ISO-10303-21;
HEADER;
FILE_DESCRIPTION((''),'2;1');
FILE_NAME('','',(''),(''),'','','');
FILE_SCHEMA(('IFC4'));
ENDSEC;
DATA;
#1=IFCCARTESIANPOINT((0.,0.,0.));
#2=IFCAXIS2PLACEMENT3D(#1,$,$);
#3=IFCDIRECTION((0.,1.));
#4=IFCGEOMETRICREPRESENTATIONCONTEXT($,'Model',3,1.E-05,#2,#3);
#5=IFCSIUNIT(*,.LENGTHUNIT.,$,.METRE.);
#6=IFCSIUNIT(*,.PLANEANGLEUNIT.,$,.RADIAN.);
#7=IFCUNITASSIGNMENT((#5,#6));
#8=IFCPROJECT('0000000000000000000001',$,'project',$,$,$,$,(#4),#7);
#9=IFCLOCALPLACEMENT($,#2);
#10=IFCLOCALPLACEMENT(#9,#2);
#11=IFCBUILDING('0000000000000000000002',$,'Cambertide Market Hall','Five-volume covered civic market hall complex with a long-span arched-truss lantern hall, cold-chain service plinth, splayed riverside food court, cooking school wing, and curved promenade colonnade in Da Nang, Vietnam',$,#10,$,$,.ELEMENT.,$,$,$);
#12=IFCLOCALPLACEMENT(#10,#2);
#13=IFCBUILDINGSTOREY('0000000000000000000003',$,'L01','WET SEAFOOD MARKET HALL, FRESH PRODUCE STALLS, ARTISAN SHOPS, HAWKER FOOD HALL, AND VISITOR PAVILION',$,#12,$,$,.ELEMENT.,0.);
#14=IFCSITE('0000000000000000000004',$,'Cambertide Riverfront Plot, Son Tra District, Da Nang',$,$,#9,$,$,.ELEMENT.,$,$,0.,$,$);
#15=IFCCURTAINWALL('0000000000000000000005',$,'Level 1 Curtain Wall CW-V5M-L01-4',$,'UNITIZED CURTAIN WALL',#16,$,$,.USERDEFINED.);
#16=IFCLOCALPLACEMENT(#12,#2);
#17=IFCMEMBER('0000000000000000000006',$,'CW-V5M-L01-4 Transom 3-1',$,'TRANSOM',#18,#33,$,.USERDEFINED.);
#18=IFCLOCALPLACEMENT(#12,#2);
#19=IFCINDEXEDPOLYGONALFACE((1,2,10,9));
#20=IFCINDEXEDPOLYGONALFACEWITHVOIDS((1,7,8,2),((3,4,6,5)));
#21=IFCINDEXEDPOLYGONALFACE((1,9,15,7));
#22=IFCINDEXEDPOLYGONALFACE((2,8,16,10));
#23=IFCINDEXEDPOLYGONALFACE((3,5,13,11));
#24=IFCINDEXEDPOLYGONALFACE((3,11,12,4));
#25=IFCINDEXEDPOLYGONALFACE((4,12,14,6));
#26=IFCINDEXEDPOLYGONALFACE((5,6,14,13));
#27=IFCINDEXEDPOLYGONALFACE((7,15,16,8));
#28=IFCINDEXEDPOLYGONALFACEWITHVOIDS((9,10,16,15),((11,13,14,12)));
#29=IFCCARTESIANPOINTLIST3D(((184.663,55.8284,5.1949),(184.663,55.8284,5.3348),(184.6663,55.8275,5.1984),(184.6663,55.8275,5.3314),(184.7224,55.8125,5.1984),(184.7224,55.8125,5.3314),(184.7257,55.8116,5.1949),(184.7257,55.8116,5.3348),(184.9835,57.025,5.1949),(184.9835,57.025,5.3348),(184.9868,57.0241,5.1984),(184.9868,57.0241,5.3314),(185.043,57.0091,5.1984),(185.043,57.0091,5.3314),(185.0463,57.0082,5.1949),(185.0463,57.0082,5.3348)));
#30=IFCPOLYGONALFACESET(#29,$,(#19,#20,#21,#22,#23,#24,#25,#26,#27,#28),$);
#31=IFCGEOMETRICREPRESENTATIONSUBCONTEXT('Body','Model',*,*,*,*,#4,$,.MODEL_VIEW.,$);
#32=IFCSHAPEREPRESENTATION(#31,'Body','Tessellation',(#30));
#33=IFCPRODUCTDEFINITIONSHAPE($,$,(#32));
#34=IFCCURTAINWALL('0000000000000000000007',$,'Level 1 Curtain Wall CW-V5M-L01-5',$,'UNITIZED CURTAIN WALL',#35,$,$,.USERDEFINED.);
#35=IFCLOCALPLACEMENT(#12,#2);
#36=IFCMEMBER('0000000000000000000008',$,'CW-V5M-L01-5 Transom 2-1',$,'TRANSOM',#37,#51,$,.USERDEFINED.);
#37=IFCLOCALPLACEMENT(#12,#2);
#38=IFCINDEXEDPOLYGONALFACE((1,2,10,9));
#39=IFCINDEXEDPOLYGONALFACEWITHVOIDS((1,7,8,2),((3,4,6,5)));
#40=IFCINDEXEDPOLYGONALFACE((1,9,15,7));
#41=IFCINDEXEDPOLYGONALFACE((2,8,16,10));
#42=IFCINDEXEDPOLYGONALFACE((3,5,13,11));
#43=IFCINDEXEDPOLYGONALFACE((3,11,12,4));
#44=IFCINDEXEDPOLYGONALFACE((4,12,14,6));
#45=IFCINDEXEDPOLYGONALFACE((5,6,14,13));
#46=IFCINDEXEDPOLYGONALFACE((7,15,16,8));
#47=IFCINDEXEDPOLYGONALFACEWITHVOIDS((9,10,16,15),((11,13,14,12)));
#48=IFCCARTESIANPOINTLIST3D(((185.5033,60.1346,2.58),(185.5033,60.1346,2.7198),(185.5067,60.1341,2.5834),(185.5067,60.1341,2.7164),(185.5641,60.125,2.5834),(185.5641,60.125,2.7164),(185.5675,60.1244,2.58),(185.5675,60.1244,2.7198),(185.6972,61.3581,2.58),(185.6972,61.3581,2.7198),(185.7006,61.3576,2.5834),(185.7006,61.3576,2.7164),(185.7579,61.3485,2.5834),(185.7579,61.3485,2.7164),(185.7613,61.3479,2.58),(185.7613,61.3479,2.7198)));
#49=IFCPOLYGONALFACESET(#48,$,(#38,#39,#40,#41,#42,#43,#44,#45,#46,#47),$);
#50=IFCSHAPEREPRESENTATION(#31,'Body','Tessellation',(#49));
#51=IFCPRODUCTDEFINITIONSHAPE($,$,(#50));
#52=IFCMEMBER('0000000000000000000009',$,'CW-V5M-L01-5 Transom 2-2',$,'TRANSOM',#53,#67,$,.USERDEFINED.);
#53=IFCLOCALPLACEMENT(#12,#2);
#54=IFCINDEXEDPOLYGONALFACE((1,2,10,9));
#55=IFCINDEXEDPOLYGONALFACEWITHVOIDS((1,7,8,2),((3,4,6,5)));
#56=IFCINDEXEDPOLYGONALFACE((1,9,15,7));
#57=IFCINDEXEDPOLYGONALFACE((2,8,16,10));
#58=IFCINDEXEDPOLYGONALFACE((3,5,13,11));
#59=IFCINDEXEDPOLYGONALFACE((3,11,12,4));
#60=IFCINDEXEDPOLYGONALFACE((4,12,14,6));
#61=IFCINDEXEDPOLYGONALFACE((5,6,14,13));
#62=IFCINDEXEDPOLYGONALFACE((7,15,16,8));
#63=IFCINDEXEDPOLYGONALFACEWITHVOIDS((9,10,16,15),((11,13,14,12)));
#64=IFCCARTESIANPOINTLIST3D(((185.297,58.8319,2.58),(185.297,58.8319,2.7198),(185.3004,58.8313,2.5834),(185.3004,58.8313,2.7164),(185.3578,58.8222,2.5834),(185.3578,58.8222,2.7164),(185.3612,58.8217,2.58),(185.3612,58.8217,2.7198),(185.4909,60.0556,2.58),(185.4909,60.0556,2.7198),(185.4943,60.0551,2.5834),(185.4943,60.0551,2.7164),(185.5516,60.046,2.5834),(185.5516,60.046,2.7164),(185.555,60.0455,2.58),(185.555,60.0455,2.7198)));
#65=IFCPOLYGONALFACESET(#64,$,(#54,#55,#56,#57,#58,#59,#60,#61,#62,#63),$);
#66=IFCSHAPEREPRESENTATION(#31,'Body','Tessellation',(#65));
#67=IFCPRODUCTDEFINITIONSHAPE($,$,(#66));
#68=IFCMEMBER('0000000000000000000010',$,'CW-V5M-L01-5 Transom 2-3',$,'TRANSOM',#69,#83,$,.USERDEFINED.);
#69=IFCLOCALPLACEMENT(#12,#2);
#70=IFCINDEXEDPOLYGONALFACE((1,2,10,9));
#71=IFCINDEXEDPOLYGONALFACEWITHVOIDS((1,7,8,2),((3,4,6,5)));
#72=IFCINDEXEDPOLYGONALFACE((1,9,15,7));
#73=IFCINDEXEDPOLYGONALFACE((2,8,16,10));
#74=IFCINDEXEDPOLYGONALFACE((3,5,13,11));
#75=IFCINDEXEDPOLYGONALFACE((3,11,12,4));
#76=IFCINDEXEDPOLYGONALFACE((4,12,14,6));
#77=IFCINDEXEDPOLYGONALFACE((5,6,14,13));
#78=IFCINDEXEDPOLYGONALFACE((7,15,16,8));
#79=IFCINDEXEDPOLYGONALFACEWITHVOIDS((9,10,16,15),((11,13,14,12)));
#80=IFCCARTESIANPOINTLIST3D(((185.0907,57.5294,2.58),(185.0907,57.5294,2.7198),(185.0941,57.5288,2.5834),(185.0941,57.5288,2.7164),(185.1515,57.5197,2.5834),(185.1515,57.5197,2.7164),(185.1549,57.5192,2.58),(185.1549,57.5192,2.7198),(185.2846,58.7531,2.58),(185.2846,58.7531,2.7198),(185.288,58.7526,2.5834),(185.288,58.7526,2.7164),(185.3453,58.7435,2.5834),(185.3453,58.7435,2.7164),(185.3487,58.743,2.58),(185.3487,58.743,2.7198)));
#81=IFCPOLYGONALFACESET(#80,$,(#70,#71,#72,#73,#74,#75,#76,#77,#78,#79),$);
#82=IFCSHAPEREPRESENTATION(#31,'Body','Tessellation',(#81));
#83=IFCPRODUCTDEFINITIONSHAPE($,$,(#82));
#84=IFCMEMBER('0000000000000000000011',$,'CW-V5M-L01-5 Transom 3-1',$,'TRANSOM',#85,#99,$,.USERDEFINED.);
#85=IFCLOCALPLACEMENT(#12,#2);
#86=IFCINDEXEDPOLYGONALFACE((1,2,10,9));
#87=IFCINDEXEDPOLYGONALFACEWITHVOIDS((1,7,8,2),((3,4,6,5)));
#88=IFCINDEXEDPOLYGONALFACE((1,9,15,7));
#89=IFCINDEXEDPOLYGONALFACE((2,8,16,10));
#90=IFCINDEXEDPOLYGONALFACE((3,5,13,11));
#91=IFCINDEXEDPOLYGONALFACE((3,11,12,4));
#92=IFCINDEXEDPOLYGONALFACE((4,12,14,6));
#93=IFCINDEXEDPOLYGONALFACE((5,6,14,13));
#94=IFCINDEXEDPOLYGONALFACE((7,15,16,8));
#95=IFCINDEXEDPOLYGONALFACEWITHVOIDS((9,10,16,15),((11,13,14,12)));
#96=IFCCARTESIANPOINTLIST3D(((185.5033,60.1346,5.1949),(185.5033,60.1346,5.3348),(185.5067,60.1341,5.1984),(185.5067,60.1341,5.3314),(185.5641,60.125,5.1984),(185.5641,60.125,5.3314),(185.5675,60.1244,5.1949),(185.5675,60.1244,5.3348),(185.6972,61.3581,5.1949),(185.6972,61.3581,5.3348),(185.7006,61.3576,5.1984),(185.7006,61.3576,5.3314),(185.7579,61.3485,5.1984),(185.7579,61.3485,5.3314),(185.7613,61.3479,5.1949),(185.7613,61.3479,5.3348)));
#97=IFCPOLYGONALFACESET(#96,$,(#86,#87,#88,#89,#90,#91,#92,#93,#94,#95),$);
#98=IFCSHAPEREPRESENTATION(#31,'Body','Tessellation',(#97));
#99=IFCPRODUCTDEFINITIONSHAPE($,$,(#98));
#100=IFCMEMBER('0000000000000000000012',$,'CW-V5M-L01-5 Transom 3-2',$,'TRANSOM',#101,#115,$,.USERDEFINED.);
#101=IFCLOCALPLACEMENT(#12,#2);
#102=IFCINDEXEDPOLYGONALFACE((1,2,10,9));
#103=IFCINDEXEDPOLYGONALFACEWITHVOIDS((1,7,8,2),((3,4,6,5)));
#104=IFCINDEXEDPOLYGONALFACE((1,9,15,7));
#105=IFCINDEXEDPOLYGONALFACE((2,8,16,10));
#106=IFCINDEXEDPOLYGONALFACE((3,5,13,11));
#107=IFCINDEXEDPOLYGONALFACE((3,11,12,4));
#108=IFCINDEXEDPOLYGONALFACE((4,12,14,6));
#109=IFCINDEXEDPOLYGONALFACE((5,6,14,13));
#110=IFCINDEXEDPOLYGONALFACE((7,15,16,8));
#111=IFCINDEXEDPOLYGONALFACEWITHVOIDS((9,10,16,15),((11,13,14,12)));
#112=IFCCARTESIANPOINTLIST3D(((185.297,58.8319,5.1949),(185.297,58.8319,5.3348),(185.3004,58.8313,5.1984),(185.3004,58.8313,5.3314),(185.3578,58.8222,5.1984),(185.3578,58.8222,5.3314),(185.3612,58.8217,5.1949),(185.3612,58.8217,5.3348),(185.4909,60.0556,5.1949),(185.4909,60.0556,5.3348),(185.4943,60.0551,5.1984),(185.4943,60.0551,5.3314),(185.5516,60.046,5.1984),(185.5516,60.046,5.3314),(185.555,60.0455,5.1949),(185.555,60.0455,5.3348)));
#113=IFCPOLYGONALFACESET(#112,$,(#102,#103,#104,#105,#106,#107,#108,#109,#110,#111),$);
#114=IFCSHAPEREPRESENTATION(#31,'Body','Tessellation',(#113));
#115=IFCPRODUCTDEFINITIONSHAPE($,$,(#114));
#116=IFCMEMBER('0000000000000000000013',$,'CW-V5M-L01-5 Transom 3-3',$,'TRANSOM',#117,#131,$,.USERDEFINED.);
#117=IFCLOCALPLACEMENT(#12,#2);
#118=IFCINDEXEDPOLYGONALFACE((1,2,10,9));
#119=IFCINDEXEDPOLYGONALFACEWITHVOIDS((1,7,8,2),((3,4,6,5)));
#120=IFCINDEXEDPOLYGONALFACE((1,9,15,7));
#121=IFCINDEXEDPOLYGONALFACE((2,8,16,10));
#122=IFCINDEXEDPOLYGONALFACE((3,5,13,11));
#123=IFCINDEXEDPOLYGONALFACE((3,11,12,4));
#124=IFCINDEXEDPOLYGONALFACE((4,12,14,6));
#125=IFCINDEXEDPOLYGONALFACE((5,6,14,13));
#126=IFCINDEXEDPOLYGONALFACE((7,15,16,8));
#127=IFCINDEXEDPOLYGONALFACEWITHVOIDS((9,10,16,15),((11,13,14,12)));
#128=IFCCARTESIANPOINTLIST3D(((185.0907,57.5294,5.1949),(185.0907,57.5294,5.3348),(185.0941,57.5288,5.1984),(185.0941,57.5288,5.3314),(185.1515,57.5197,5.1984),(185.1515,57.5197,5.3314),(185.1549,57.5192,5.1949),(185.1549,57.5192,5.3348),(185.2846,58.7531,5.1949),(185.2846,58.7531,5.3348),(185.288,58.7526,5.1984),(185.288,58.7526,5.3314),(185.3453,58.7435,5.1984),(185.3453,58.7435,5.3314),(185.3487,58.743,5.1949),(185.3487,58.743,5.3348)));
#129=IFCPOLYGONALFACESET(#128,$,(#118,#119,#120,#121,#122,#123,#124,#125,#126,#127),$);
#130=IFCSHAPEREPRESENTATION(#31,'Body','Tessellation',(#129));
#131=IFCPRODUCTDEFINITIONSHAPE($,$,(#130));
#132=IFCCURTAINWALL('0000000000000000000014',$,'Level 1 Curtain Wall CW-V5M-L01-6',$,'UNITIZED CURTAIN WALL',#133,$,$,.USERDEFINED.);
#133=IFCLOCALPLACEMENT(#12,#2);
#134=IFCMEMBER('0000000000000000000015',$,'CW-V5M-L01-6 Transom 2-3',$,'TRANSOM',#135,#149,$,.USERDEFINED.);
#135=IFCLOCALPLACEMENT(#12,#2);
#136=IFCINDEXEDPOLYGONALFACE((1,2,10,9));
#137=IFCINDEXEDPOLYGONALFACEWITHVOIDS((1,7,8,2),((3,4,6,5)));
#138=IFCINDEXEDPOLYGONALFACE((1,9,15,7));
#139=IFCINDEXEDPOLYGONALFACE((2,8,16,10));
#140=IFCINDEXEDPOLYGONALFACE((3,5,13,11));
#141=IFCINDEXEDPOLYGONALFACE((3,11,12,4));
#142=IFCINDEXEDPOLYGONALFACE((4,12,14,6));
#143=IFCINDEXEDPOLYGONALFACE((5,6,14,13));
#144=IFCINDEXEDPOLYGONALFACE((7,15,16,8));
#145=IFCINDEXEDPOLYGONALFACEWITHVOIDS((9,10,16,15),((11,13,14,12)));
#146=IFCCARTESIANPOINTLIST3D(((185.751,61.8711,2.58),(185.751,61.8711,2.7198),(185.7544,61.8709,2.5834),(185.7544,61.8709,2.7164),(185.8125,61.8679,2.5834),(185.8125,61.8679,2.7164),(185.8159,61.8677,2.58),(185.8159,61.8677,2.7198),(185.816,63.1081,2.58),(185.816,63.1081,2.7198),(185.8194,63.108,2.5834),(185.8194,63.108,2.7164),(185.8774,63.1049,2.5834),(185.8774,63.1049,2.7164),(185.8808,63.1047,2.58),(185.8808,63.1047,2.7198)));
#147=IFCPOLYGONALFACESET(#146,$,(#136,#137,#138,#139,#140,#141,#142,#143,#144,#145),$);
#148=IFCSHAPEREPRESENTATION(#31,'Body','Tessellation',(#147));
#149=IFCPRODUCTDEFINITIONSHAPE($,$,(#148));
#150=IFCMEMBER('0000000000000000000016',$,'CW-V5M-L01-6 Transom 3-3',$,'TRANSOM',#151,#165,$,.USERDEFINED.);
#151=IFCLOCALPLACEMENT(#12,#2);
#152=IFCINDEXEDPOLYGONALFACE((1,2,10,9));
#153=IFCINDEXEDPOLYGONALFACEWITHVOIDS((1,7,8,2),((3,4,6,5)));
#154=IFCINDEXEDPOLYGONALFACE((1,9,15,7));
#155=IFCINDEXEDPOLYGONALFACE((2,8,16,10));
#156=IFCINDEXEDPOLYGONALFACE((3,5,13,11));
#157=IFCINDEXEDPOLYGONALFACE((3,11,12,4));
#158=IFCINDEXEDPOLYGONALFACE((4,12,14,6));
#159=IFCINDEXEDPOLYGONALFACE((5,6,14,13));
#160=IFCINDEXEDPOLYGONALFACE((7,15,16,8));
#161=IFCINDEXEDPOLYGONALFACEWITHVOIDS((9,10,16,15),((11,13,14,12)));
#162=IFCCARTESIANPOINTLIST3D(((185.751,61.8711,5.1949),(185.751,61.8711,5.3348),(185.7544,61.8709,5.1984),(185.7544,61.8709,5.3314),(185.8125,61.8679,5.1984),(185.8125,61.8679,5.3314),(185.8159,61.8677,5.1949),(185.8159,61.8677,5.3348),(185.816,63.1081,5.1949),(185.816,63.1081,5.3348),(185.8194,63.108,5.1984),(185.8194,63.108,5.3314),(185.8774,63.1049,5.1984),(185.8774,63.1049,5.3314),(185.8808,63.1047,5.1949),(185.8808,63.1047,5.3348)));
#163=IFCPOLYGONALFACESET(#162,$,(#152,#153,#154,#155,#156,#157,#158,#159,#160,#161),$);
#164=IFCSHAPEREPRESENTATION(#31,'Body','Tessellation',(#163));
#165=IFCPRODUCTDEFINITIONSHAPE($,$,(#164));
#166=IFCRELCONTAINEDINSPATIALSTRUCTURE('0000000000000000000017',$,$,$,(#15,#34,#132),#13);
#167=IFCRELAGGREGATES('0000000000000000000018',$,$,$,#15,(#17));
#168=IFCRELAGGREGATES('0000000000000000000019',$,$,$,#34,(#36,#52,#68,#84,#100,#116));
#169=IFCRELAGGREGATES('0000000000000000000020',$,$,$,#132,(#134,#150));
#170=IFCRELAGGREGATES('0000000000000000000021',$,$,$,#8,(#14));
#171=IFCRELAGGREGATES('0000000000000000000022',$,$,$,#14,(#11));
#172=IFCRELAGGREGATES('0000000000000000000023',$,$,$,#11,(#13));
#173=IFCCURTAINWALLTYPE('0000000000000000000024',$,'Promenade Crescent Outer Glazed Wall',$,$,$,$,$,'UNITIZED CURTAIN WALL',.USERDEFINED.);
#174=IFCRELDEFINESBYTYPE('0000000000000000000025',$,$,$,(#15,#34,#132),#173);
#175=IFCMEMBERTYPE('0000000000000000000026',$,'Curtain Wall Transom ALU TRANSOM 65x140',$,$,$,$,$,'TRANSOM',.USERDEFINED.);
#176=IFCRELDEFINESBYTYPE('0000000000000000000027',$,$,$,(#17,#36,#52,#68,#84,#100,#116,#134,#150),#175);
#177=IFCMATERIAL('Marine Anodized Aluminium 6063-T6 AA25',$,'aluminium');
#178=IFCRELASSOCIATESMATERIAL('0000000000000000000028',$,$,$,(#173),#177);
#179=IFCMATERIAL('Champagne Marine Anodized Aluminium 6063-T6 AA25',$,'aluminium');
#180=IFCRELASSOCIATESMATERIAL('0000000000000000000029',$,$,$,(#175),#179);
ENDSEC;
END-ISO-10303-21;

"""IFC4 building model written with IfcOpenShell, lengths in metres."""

from ifc_helpers import new_model, si_unit, direction, frame, origin, origin_2d, place, context, subcontext, project, spatial, hollow_rectangle, extrude, material, material_profile, profile_set, type_object, element, aggregate, save


model = new_model("IFC4")

# Units and contexts
model_context = context("Model", 3, precision=1e-05, world=origin(), true_north=direction((0.0, 1.0)))
body_context = subcontext(model_context, "Body", "Model", "MODEL_VIEW")
ifc_project = project(units=[si_unit("LENGTHUNIT", "METRE"), si_unit("PLANEANGLEUNIT", "RADIAN")], contexts=[model_context])

# Site, building, storey
site_placement = place(None, origin())
site = spatial("IfcSite", under=ifc_project, at=site_placement, Name="Cambertide Riverfront Plot, Son Tra District, Da Nang", CompositionType="ELEMENT", RefElevation=0.0)
building_placement = place(site_placement, origin())
building = spatial("IfcBuilding", under=site, at=building_placement, Name="Cambertide Market Hall", Description="Five-volume covered civic market hall complex with a long-span arched-truss lantern hall, cold-chain service plinth, splayed riverside food court, cooking school wing, and curved promenade colonnade in Da Nang, Vietnam", CompositionType="ELEMENT")
storey_placement = place(building_placement, origin())
storey = spatial("IfcBuildingStorey", under=building, at=storey_placement, Name="L01", Description="WET SEAFOOD MARKET HALL, FRESH PRODUCE STALLS, ARTISAN SHOPS, HAWKER FOOD HALL, AND VISITOR PAVILION", CompositionType="ELEMENT", Elevation=0.0)

# Curtain wall, member
ifc_material_1 = material(Name="Marine Anodized Aluminium 6063-T6 AA25", Category="aluminium")
curtain_wall_type = type_object("IfcCurtainWallType", Name="Promenade Crescent Outer Glazed Wall", ElementType="UNITIZED CURTAIN WALL", PredefinedType="USERDEFINED", material=ifc_material_1)
curtain_wall_1_placement = place(storey_placement, origin())
curtain_wall_1 = element("IfcCurtainWall", 1, at=curtain_wall_1_placement, inside=storey, type_object=curtain_wall_type, Name="Level 1 Curtain Wall CW-V5M-L01-4", ObjectType="UNITIZED CURTAIN WALL", PredefinedType="USERDEFINED")
ifc_material_2 = material(Name="Champagne Marine Anodized Aluminium 6063-T6 AA25", Category="aluminium")
ifc_material_profile_1 = material_profile(ifc_material_2, hollow_rectangle(XDim=0.0649, YDim=0.1399, WallThickness=0.0034, at=origin_2d()), Name="ALU TRANSOM 65x140")
ifc_profile_set_1 = profile_set([ifc_material_profile_1], Name="Champagne Marine Anodized Aluminium 6063-T6 AA25")
member_type_1 = type_object("IfcMemberType", Name="Curtain Wall Transom ALU TRANSOM 65x140", ElementType="TRANSOM", PredefinedType="USERDEFINED", material=ifc_profile_set_1)
member_1_placement = place(storey_placement, frame((185.0149, 57.0166, 5.2649), z_axis=(-0.258779, -0.965937, 0.0), x_axis=(0.965937, -0.258779, 0.0)))
member_1 = element("IfcMember", 2, at=member_1_placement, type_object=member_type_1, Name="CW-V5M-L01-4 Transom 3-1", ObjectType="TRANSOM", PredefinedType="USERDEFINED", context=body_context, shape_type="SweptSolid", body=[
    extrude(hollow_rectangle(XDim=0.0649, YDim=0.1399, WallThickness=0.0034, at=origin_2d()), origin(), (0.0, 0.0, 1.0), 1.2388),
])
aggregate(curtain_wall_1, [member_1])

# Curtain walls, members
curtain_wall_2_placement = place(storey_placement, origin())
curtain_wall_2 = element("IfcCurtainWall", 3, at=curtain_wall_2_placement, inside=storey, type_object=curtain_wall_type, Name="Level 1 Curtain Wall CW-V5M-L01-5", ObjectType="UNITIZED CURTAIN WALL", PredefinedType="USERDEFINED")
member_2_placement = place(storey_placement, frame((185.7292, 61.353, 2.6499), z_axis=(-0.156499, -0.987678, 0.0), x_axis=(0.987678, -0.156499, 0.0)))
member_2 = element("IfcMember", 4, at=member_2_placement, type_object=member_type_1, Name="CW-V5M-L01-5 Transom 2-1", ObjectType="TRANSOM", PredefinedType="USERDEFINED", context=body_context, shape_type="SweptSolid", body=[
    extrude(hollow_rectangle(XDim=0.0649, YDim=0.1399, WallThickness=0.0034, at=origin_2d()), origin(), (0.0, 0.0, 1.0), 1.2388),
])
member_3_placement = place(storey_placement, frame((185.5229, 60.0505, 2.6499), z_axis=(-0.156469, -0.987683, 0.0), x_axis=(0.987683, -0.156469, 0.0)))
member_3 = element("IfcMember", 5, at=member_3_placement, type_object=member_type_1, Name="CW-V5M-L01-5 Transom 2-2", ObjectType="TRANSOM", PredefinedType="USERDEFINED", context=body_context, shape_type="SweptSolid", body=[
    extrude(hollow_rectangle(XDim=0.0649, YDim=0.1399, WallThickness=0.0034, at=origin_2d()), origin(), (0.0, 0.0, 1.0), 1.239),
])
member_4_placement = place(storey_placement, frame((185.3167, 58.748, 2.6499), z_axis=(-0.156469, -0.987683, 0.0), x_axis=(0.987683, -0.156469, 0.0)))
member_4 = element("IfcMember", 6, at=member_4_placement, type_object=member_type_1, Name="CW-V5M-L01-5 Transom 2-3", ObjectType="TRANSOM", PredefinedType="USERDEFINED", context=body_context, shape_type="SweptSolid", body=[
    extrude(hollow_rectangle(XDim=0.0649, YDim=0.1399, WallThickness=0.0034, at=origin_2d()), origin(), (0.0, 0.0, 1.0), 1.239),
])
member_5_placement = place(storey_placement, frame((185.7292, 61.353, 5.2649), z_axis=(-0.156499, -0.987678, 0.0), x_axis=(0.987678, -0.156499, 0.0)))
member_5 = element("IfcMember", 7, at=member_5_placement, type_object=member_type_1, Name="CW-V5M-L01-5 Transom 3-1", ObjectType="TRANSOM", PredefinedType="USERDEFINED", context=body_context, shape_type="SweptSolid", body=[
    extrude(hollow_rectangle(XDim=0.0649, YDim=0.1399, WallThickness=0.0034, at=origin_2d()), origin(), (0.0, 0.0, 1.0), 1.2388),
])
member_6_placement = place(storey_placement, frame((185.5229, 60.0505, 5.2649), z_axis=(-0.156469, -0.987683, 0.0), x_axis=(0.987683, -0.156469, 0.0)))
member_6 = element("IfcMember", 8, at=member_6_placement, type_object=member_type_1, Name="CW-V5M-L01-5 Transom 3-2", ObjectType="TRANSOM", PredefinedType="USERDEFINED", context=body_context, shape_type="SweptSolid", body=[
    extrude(hollow_rectangle(XDim=0.0649, YDim=0.1399, WallThickness=0.0034, at=origin_2d()), origin(), (0.0, 0.0, 1.0), 1.239),
])
member_7_placement = place(storey_placement, frame((185.3167, 58.748, 5.2649), z_axis=(-0.156469, -0.987683, 0.0), x_axis=(0.987683, -0.156469, 0.0)))
member_7 = element("IfcMember", 9, at=member_7_placement, type_object=member_type_1, Name="CW-V5M-L01-5 Transom 3-3", ObjectType="TRANSOM", PredefinedType="USERDEFINED", context=body_context, shape_type="SweptSolid", body=[
    extrude(hollow_rectangle(XDim=0.0649, YDim=0.1399, WallThickness=0.0034, at=origin_2d()), origin(), (0.0, 0.0, 1.0), 1.239),
])
curtain_wall_3_placement = place(storey_placement, origin())
curtain_wall_3 = element("IfcCurtainWall", 10, at=curtain_wall_3_placement, inside=storey, type_object=curtain_wall_type, Name="Level 1 Curtain Wall CW-V5M-L01-6", ObjectType="UNITIZED CURTAIN WALL", PredefinedType="USERDEFINED")
member_8_placement = place(storey_placement, frame((185.8484, 63.1064, 2.6499), z_axis=(-0.052424, -0.998625, 0.0), x_axis=(0.998625, -0.052424, 0.0)))
member_8 = element("IfcMember", 11, at=member_8_placement, type_object=member_type_1, Name="CW-V5M-L01-6 Transom 2-3", ObjectType="TRANSOM", PredefinedType="USERDEFINED", context=body_context, shape_type="SweptSolid", body=[
    extrude(hollow_rectangle(XDim=0.0649, YDim=0.1399, WallThickness=0.0034, at=origin_2d()), origin(), (0.0, 0.0, 1.0), 1.2388),
])
member_9_placement = place(storey_placement, frame((185.8484, 63.1064, 5.2649), z_axis=(-0.052424, -0.998625, 0.0), x_axis=(0.998625, -0.052424, 0.0)))
member_9 = element("IfcMember", 12, at=member_9_placement, type_object=member_type_1, Name="CW-V5M-L01-6 Transom 3-3", ObjectType="TRANSOM", PredefinedType="USERDEFINED", context=body_context, shape_type="SweptSolid", body=[
    extrude(hollow_rectangle(XDim=0.0649, YDim=0.1399, WallThickness=0.0034, at=origin_2d()), origin(), (0.0, 0.0, 1.0), 1.2388),
])

aggregate(curtain_wall_2, [member_2, member_3, member_4, member_5, member_6, member_7])
aggregate(curtain_wall_3, [member_8, member_9])

save(model, "model.ifc")
